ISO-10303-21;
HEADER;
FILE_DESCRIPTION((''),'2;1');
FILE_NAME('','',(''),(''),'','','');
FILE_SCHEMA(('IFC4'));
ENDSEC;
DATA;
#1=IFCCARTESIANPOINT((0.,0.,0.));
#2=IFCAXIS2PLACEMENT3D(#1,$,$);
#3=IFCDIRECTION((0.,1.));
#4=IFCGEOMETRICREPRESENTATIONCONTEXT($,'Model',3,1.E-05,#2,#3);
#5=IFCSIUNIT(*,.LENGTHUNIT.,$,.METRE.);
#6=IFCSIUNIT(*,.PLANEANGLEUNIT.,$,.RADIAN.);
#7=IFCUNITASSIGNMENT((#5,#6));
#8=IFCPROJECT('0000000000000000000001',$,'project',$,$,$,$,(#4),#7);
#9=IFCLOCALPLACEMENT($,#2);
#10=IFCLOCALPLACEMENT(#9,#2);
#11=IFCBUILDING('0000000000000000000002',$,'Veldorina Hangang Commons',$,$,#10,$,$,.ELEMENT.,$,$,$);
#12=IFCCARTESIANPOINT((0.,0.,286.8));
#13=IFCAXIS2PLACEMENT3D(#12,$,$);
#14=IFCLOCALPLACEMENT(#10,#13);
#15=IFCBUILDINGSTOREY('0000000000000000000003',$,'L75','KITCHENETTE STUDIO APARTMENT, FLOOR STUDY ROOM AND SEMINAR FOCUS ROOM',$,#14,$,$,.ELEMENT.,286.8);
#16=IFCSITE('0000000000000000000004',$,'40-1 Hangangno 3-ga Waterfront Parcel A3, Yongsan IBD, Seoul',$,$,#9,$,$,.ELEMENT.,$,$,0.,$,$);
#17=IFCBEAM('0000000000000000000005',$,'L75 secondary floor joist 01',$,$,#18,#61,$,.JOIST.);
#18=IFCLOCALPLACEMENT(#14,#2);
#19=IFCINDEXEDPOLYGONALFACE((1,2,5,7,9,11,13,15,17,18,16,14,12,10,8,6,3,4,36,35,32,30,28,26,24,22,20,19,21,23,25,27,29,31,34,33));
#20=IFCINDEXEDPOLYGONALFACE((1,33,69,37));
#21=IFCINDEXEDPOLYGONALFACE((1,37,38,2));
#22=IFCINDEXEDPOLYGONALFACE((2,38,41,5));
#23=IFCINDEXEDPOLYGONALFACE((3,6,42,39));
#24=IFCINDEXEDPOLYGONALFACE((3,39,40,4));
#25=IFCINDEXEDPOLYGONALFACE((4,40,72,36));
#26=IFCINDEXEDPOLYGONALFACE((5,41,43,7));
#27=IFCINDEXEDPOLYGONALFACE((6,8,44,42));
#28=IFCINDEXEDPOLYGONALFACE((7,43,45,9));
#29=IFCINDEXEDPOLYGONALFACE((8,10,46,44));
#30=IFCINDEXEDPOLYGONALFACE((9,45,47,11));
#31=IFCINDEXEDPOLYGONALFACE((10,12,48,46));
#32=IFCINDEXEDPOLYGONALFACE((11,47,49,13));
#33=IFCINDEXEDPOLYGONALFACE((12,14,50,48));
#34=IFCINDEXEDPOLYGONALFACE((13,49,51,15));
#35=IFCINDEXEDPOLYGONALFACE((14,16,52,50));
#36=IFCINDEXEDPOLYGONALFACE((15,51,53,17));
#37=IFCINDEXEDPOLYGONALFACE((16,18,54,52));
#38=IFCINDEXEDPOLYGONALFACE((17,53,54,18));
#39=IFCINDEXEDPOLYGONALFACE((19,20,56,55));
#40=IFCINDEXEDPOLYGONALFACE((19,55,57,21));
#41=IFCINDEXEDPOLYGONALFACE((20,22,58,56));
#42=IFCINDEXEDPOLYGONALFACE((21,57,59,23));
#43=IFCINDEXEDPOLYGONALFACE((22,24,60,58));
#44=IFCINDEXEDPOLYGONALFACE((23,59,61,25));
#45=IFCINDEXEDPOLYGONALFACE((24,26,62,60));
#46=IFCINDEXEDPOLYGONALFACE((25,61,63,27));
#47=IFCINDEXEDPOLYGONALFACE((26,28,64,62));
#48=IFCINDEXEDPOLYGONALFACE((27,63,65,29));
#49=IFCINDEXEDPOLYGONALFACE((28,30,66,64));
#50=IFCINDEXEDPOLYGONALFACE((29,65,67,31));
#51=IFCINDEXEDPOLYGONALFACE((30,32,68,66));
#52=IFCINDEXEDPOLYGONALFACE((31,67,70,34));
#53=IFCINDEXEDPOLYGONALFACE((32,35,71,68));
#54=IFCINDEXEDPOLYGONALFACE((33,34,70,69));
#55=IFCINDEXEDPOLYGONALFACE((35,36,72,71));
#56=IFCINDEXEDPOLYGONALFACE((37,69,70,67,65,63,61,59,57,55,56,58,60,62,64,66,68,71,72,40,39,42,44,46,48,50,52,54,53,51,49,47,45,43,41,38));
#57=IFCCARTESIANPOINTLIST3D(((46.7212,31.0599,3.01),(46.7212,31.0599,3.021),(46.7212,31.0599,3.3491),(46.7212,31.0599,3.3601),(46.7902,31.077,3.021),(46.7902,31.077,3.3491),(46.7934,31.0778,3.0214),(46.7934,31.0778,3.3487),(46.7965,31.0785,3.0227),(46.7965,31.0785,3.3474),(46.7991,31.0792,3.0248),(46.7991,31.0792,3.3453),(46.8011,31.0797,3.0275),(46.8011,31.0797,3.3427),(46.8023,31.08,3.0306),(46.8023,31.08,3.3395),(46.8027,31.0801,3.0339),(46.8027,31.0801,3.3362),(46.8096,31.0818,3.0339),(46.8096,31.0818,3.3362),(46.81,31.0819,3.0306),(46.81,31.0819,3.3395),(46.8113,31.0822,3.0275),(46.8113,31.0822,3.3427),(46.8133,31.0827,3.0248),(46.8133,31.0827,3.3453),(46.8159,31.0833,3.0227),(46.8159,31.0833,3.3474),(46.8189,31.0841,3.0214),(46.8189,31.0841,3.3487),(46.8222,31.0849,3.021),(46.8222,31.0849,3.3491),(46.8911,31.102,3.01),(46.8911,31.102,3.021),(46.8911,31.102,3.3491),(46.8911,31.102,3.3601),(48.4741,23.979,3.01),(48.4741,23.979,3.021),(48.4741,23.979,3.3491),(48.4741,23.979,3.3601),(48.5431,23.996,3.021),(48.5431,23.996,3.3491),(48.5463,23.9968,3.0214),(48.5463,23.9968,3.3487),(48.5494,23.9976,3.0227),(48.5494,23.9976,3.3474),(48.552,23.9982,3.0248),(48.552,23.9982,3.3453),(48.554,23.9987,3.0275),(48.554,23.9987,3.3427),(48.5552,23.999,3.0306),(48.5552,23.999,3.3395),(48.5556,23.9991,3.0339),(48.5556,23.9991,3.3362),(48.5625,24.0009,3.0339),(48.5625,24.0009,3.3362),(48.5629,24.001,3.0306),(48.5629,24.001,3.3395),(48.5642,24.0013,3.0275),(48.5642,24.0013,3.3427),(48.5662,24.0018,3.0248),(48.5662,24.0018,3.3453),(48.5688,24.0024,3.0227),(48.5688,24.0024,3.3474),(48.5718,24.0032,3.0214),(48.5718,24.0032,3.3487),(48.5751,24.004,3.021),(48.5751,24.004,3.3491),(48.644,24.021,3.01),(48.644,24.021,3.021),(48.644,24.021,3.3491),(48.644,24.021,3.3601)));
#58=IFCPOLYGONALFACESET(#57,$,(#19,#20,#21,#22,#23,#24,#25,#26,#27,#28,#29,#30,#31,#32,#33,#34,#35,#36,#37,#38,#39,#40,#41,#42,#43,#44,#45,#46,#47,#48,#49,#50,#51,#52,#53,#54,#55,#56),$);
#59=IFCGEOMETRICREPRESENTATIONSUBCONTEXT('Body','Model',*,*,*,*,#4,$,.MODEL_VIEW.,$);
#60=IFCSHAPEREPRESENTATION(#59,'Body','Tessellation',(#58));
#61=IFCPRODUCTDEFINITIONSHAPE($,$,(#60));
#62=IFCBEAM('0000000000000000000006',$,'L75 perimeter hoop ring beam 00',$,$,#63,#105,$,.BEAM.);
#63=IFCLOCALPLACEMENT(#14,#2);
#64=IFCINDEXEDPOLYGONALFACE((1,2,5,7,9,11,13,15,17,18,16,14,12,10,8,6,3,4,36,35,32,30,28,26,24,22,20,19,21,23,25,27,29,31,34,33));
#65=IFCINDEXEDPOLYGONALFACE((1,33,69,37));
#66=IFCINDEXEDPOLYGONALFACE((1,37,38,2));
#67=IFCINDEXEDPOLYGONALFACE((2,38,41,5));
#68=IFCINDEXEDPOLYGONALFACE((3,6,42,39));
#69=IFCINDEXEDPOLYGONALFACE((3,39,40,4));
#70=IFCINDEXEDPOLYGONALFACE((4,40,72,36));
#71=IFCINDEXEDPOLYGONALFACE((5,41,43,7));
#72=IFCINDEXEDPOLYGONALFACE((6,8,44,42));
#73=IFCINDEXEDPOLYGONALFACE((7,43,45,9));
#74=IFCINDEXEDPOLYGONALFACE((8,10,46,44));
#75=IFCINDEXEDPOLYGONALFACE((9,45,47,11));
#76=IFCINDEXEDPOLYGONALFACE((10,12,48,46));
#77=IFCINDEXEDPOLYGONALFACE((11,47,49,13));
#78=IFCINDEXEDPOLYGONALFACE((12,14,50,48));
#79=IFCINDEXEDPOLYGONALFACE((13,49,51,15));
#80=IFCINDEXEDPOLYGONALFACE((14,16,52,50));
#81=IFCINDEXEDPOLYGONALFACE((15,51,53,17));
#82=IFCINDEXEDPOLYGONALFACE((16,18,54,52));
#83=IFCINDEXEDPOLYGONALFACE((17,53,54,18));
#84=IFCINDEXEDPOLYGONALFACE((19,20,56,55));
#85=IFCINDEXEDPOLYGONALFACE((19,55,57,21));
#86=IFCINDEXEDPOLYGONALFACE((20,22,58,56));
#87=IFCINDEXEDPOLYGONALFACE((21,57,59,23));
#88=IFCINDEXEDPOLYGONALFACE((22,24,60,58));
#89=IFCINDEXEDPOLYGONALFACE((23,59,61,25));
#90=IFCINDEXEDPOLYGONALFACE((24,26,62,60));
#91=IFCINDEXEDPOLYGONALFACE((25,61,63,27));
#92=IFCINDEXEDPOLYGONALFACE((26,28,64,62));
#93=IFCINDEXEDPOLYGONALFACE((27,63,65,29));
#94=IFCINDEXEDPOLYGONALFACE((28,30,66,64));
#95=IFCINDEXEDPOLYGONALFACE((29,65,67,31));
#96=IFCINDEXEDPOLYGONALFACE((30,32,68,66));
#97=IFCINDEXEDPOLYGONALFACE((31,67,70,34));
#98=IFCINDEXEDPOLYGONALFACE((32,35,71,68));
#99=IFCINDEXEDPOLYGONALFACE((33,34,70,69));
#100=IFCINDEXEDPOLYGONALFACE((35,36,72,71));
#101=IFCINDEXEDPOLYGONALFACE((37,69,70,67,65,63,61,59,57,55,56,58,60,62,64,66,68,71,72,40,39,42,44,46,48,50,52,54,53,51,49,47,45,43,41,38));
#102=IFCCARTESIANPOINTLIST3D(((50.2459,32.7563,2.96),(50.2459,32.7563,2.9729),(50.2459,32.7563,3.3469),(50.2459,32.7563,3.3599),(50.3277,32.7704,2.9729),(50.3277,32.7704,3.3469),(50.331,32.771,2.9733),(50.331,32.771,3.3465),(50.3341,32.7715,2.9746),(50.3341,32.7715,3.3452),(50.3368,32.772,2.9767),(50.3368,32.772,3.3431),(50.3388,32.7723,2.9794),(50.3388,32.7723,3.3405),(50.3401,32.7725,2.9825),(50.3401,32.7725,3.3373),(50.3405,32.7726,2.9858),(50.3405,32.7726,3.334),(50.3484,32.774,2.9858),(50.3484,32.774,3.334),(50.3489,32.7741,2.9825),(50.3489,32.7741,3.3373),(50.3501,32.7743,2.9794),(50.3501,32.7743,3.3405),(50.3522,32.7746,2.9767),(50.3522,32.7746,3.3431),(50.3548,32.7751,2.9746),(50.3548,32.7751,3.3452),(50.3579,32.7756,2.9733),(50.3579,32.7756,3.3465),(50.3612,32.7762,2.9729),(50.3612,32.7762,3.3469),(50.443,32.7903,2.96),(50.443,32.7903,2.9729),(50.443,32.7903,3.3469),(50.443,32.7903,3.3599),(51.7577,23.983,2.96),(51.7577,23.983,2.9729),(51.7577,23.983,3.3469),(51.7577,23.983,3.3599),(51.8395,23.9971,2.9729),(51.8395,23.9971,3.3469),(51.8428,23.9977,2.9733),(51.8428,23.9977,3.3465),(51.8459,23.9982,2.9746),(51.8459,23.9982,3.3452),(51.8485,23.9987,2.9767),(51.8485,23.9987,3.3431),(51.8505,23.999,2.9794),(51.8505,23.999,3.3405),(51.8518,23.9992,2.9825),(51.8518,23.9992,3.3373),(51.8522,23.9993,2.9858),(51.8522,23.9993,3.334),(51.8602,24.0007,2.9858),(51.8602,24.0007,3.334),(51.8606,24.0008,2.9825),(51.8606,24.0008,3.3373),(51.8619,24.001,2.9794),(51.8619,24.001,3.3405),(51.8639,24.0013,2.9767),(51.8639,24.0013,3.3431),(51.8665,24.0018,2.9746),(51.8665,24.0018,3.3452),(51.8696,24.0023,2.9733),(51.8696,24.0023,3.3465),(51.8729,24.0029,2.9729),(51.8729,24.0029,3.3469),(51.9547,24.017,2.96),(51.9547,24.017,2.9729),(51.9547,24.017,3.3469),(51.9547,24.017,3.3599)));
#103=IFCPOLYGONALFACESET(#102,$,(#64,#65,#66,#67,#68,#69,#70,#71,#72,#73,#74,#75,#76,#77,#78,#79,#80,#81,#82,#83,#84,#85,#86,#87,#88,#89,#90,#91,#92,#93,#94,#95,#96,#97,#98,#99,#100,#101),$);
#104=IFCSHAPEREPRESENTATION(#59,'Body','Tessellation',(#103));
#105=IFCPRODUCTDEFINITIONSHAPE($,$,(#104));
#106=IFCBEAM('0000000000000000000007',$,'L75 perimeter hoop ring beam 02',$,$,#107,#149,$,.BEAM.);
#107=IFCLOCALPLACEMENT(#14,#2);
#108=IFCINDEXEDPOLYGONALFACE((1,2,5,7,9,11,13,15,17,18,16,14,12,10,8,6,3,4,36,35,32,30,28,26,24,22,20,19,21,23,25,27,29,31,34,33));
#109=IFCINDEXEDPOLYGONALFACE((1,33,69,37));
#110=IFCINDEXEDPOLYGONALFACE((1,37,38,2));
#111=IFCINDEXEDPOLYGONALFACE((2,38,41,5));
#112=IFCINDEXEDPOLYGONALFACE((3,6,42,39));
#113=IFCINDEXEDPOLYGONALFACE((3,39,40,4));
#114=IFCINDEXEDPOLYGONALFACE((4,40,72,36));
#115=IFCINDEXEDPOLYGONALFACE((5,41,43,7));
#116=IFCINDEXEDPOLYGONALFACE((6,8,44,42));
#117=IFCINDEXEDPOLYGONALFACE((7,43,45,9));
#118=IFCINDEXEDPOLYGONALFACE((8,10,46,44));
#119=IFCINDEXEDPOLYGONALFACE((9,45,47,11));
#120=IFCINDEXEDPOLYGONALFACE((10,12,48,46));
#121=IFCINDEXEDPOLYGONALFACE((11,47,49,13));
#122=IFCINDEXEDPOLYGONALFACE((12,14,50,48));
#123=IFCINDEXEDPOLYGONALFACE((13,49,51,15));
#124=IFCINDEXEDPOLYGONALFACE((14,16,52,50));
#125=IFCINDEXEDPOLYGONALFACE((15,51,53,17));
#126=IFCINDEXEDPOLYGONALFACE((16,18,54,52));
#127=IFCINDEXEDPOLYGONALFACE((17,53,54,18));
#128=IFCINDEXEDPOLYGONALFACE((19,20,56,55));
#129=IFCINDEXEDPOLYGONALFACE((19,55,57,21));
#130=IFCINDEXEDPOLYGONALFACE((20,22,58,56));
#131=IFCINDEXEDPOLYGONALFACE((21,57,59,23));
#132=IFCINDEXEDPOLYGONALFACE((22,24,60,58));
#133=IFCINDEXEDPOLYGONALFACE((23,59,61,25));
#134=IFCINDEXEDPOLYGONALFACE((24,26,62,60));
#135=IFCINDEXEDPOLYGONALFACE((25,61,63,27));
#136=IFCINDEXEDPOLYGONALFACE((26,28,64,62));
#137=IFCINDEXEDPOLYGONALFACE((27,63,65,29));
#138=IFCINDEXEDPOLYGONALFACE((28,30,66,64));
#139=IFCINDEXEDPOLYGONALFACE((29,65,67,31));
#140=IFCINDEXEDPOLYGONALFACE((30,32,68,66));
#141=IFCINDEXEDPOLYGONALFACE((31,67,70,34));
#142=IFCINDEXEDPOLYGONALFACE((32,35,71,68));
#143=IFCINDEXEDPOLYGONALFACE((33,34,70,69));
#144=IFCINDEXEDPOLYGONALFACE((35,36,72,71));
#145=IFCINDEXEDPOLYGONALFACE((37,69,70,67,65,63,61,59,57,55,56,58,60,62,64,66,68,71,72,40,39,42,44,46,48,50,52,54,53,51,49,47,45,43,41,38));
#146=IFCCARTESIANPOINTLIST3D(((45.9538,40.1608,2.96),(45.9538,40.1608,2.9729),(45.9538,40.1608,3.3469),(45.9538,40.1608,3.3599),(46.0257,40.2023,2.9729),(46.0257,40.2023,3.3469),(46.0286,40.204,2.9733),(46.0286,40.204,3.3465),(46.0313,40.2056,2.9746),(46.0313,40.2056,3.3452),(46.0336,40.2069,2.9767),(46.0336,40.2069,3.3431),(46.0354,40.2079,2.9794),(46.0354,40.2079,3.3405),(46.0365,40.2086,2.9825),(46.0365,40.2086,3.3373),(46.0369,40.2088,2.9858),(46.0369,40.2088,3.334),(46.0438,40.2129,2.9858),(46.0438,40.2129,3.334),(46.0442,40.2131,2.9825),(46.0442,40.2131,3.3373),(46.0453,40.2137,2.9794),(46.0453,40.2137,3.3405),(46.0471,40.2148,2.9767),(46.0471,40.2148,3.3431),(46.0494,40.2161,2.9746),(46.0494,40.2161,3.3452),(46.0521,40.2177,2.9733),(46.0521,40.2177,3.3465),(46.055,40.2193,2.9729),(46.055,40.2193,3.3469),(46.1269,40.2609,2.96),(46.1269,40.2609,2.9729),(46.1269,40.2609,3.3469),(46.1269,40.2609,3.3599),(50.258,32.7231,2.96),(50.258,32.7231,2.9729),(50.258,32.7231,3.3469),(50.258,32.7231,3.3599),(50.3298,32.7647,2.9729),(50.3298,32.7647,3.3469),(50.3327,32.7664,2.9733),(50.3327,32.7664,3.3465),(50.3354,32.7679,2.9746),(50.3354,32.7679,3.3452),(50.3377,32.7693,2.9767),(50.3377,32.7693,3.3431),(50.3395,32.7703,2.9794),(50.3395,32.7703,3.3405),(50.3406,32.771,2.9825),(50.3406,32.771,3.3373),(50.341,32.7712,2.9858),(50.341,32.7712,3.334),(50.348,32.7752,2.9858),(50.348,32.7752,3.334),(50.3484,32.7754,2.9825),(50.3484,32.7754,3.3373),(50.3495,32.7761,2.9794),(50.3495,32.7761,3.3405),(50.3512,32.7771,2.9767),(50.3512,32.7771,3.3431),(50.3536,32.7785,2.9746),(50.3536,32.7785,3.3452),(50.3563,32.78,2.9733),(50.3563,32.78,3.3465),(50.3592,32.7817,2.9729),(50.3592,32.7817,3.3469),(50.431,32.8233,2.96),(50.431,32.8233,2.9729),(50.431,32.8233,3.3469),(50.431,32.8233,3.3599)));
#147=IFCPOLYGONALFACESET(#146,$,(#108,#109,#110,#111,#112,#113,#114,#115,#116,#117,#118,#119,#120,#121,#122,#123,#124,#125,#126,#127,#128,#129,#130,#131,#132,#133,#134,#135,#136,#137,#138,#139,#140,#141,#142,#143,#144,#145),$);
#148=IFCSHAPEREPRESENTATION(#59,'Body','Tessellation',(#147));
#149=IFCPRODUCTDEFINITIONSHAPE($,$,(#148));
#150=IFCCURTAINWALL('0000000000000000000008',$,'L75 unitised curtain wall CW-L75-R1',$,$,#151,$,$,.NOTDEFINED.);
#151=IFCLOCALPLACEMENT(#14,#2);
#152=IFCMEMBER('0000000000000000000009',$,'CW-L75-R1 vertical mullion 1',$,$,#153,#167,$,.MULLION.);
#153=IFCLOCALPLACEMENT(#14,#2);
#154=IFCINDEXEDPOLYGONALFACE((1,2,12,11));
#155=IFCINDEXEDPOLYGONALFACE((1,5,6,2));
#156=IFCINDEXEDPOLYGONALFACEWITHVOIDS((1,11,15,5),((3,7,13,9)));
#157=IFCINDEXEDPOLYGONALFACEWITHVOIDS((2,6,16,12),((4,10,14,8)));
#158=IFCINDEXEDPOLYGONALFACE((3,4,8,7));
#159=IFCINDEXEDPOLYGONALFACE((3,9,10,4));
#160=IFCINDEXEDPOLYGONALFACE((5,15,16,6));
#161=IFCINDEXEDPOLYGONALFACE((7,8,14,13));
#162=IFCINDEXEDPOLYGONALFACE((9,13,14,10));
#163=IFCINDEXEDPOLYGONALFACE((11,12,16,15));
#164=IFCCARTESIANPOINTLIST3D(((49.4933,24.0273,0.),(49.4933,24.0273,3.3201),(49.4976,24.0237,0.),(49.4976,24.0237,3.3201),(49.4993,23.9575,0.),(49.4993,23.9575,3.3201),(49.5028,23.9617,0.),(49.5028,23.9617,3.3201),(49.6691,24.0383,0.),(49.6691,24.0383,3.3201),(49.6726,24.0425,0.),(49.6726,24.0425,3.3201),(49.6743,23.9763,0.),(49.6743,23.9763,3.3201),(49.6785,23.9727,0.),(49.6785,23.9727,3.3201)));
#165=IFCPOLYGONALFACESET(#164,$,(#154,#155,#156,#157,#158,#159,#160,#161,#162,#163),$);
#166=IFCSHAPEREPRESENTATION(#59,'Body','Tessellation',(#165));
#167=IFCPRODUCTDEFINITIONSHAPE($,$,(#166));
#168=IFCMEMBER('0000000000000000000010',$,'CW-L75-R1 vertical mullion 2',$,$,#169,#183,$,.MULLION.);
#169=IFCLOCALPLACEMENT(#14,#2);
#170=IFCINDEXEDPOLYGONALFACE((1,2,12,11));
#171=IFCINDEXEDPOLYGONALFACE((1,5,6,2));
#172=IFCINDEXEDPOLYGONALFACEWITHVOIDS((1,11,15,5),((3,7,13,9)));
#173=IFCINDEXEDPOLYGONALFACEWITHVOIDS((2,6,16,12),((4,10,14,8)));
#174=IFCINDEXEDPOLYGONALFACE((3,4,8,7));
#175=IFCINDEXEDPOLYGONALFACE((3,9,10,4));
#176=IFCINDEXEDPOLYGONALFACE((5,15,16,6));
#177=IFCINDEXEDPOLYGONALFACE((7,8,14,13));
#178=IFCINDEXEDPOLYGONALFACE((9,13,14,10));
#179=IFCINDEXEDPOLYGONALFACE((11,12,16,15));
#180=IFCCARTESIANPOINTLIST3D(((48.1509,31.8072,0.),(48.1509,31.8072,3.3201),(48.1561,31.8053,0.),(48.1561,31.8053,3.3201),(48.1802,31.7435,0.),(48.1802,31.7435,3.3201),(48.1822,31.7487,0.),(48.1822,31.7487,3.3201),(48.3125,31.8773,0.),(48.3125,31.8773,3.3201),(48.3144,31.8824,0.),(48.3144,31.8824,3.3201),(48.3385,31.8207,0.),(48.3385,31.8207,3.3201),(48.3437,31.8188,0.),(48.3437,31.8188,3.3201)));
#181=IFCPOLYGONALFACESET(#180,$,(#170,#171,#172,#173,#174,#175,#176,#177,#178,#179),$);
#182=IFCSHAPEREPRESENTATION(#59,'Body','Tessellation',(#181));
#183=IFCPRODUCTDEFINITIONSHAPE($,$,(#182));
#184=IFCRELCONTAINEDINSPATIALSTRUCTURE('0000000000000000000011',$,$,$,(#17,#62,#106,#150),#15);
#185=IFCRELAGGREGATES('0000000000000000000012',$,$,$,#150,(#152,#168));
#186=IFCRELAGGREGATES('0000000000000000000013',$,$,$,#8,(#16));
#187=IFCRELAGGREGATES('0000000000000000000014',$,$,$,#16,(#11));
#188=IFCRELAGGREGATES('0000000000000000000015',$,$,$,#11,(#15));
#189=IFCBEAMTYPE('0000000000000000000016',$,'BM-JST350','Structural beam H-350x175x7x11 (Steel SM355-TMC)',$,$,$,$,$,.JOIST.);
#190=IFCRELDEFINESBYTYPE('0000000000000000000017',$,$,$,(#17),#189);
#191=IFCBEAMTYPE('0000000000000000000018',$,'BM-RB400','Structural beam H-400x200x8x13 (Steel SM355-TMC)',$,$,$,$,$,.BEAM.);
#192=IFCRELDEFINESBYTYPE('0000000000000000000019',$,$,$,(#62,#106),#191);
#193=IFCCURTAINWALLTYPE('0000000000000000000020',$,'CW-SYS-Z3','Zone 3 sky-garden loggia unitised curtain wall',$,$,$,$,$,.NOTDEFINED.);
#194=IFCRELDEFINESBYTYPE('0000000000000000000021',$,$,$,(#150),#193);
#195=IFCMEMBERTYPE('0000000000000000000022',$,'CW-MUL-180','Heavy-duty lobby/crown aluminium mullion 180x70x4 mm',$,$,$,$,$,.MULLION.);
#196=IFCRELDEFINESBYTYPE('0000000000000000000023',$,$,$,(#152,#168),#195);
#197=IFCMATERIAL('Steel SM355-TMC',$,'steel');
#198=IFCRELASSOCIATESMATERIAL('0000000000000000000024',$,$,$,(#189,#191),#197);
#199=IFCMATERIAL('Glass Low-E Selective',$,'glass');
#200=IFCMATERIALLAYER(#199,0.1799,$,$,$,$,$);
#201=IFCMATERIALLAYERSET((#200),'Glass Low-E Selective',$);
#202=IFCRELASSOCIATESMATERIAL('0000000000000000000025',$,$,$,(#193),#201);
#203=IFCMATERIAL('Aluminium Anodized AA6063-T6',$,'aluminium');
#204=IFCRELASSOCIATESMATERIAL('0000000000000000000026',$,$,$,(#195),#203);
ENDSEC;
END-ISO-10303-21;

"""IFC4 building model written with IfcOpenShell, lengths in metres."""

from ifc_helpers import new_model, si_unit, direction, frame, origin, origin_2d, place, context, subcontext, project, spatial, hollow_rectangle, i_section, extrude, material, layer, layer_set, material_profile, profile_set, type_object, element, aggregate, save


model = new_model("IFC4")

# Units and contexts
model_context = context("Model", 3, precision=1e-05, world=origin(), true_north=direction((0.0, 1.0)))
body_context = subcontext(model_context, "Body", "Model", "MODEL_VIEW")
ifc_project = project(units=[si_unit("LENGTHUNIT", "METRE"), si_unit("PLANEANGLEUNIT", "RADIAN")], contexts=[model_context])

# Site, building, storey
site_placement = place(None, origin())
site = spatial("IfcSite", under=ifc_project, at=site_placement, Name="40-1 Hangangno 3-ga Waterfront Parcel A3, Yongsan IBD, Seoul", CompositionType="ELEMENT", RefElevation=0.0)
building_placement = place(site_placement, origin())
building = spatial("IfcBuilding", under=site, at=building_placement, Name="Veldorina Hangang Commons", CompositionType="ELEMENT")
storey_placement = place(building_placement, frame((0.0, 0.0, 286.8)))
storey = spatial("IfcBuildingStorey", under=building, at=storey_placement, Name="L75", Description="KITCHENETTE STUDIO APARTMENT, FLOOR STUDY ROOM AND SEMINAR FOCUS ROOM", CompositionType="ELEMENT", Elevation=286.8)

# Beams
ifc_material_1 = material(Name="Steel SM355-TMC", Category="steel")
ifc_material_profile_1 = material_profile(ifc_material_1, i_section(OverallWidth=0.175, OverallDepth=0.3501, WebThickness=0.0071, FlangeThickness=0.011, FilletRadius=0.0129, at=origin_2d()), Name="H-350x175x7x11")
ifc_profile_set_1 = profile_set([ifc_material_profile_1], Name="Steel SM355-TMC")
beam_type_1 = type_object("IfcBeamType", Name="BM-JST350", Description="Structural beam H-350x175x7x11 (Steel SM355-TMC)", PredefinedType="JOIST", material=ifc_profile_set_1)
beam_1_placement = place(storey_placement, frame((48.5591, 24.0, 3.1851), z_axis=(-0.240299, 0.970699, 0.0), x_axis=(-0.970699, -0.240299, 0.0)))
element("IfcBeam", 1, at=beam_1_placement, inside=storey, type_object=beam_type_1, Name="L75 secondary floor joist 01", PredefinedType="JOIST", context=body_context, shape_type="SweptSolid", body=[
    extrude(i_section(OverallWidth=0.175, OverallDepth=0.3501, WebThickness=0.0071, FlangeThickness=0.011, FilletRadius=0.0129, at=origin_2d()), origin(), (0.0, 0.0, 1.0), 7.2947),
])
ifc_material_profile_2 = material_profile(ifc_material_1, i_section(OverallWidth=0.2, OverallDepth=0.3999, WebThickness=0.0081, FlangeThickness=0.0129, FilletRadius=0.0129, at=origin_2d()), Name="H-400x200x8x13")
ifc_profile_set_2 = profile_set([ifc_material_profile_2], Name="Steel SM355-TMC")
beam_type_2 = type_object("IfcBeamType", Name="BM-RB400", Description="Structural beam H-400x200x8x13 (Steel SM355-TMC)", PredefinedType="BEAM", material=ifc_profile_set_2)
beam_2_placement = place(storey_placement, frame((51.8562, 24.0, 3.1599), z_axis=(-0.169809, 0.985477, 0.0), x_axis=(-0.985477, -0.169809, 0.0)))
element("IfcBeam", 2, at=beam_2_placement, inside=storey, type_object=beam_type_2, Name="L75 perimeter hoop ring beam 00", PredefinedType="BEAM", context=body_context, shape_type="SweptSolid", body=[
    extrude(i_section(OverallWidth=0.2, OverallDepth=0.3999, WebThickness=0.0081, FlangeThickness=0.0129, FilletRadius=0.0129, at=origin_2d()), origin(), (0.0, 0.0, 1.0), 8.9026),
])
beam_3_placement = place(storey_placement, frame((50.3445, 32.7732, 3.1599), z_axis=(-0.500874, 0.86552, 0.0), x_axis=(-0.86552, -0.500874, 0.0)))
element("IfcBeam", 3, at=beam_3_placement, inside=storey, type_object=beam_type_2, Name="L75 perimeter hoop ring beam 02", PredefinedType="BEAM", context=body_context, shape_type="SweptSolid", body=[
    extrude(i_section(OverallWidth=0.2, OverallDepth=0.3999, WebThickness=0.0081, FlangeThickness=0.0129, FilletRadius=0.0129, at=origin_2d()), origin(), (0.0, 0.0, 1.0), 8.5933),
])

# Curtain wall, members
ifc_material_2 = material(Name="Glass Low-E Selective", Category="glass")
ifc_layer_1 = layer(ifc_material_2, 0.1799)
ifc_layer_set_1 = layer_set([ifc_layer_1], Name="Glass Low-E Selective")
curtain_wall_type = type_object("IfcCurtainWallType", Name="CW-SYS-Z3", Description="Zone 3 sky-garden loggia unitised curtain wall", PredefinedType="NOTDEFINED", material=ifc_layer_set_1)
curtain_wall_placement = place(storey_placement, origin())
curtain_wall = element("IfcCurtainWall", 4, at=curtain_wall_placement, inside=storey, type_object=curtain_wall_type, Name="L75 unitised curtain wall CW-L75-R1", PredefinedType="NOTDEFINED")
ifc_material_3 = material(Name="Aluminium Anodized AA6063-T6", Category="aluminium")
ifc_material_profile_3 = material_profile(ifc_material_3, hollow_rectangle(XDim=0.0701, YDim=0.1799, WallThickness=0.0039, at=origin_2d()), Name="ALU-RHS-180x70x4")
ifc_profile_set_3 = profile_set([ifc_material_profile_3], Name="Aluminium Anodized AA6063-T6")
member_type_1 = type_object("IfcMemberType", Name="CW-MUL-180", Description="Heavy-duty lobby/crown aluminium mullion 180x70x4 mm", PredefinedType="MULLION", material=ifc_profile_set_3)
member_1_placement = place(storey_placement, frame((49.5859, 24.0, 0.0), z_axis=(0.0, 0.0, 1.0), x_axis=(-0.08453, 0.996421, 0.0)))
member_1 = element("IfcMember", 5, at=member_1_placement, type_object=member_type_1, Name="CW-L75-R1 vertical mullion 1", PredefinedType="MULLION", context=body_context, shape_type="SweptSolid", body=[
    extrude(hollow_rectangle(XDim=0.0701, YDim=0.1799, WallThickness=0.0039, at=origin_2d()), origin(), (0.0, 0.0, 1.0), 3.3201),
])
member_2_placement = place(storey_placement, frame((48.2473, 31.813, 0.0), z_axis=(0.0, 0.0, 1.0), x_axis=(-0.418232, 0.90834, 0.0)))
member_2 = element("IfcMember", 6, at=member_2_placement, type_object=member_type_1, Name="CW-L75-R1 vertical mullion 2", PredefinedType="MULLION", context=body_context, shape_type="SweptSolid", body=[
    extrude(hollow_rectangle(XDim=0.0701, YDim=0.1799, WallThickness=0.0039, at=origin_2d()), origin(), (0.0, 0.0, 1.0), 3.3201),
])

aggregate(curtain_wall, [member_1, member_2])

save(model, "model.ifc")
